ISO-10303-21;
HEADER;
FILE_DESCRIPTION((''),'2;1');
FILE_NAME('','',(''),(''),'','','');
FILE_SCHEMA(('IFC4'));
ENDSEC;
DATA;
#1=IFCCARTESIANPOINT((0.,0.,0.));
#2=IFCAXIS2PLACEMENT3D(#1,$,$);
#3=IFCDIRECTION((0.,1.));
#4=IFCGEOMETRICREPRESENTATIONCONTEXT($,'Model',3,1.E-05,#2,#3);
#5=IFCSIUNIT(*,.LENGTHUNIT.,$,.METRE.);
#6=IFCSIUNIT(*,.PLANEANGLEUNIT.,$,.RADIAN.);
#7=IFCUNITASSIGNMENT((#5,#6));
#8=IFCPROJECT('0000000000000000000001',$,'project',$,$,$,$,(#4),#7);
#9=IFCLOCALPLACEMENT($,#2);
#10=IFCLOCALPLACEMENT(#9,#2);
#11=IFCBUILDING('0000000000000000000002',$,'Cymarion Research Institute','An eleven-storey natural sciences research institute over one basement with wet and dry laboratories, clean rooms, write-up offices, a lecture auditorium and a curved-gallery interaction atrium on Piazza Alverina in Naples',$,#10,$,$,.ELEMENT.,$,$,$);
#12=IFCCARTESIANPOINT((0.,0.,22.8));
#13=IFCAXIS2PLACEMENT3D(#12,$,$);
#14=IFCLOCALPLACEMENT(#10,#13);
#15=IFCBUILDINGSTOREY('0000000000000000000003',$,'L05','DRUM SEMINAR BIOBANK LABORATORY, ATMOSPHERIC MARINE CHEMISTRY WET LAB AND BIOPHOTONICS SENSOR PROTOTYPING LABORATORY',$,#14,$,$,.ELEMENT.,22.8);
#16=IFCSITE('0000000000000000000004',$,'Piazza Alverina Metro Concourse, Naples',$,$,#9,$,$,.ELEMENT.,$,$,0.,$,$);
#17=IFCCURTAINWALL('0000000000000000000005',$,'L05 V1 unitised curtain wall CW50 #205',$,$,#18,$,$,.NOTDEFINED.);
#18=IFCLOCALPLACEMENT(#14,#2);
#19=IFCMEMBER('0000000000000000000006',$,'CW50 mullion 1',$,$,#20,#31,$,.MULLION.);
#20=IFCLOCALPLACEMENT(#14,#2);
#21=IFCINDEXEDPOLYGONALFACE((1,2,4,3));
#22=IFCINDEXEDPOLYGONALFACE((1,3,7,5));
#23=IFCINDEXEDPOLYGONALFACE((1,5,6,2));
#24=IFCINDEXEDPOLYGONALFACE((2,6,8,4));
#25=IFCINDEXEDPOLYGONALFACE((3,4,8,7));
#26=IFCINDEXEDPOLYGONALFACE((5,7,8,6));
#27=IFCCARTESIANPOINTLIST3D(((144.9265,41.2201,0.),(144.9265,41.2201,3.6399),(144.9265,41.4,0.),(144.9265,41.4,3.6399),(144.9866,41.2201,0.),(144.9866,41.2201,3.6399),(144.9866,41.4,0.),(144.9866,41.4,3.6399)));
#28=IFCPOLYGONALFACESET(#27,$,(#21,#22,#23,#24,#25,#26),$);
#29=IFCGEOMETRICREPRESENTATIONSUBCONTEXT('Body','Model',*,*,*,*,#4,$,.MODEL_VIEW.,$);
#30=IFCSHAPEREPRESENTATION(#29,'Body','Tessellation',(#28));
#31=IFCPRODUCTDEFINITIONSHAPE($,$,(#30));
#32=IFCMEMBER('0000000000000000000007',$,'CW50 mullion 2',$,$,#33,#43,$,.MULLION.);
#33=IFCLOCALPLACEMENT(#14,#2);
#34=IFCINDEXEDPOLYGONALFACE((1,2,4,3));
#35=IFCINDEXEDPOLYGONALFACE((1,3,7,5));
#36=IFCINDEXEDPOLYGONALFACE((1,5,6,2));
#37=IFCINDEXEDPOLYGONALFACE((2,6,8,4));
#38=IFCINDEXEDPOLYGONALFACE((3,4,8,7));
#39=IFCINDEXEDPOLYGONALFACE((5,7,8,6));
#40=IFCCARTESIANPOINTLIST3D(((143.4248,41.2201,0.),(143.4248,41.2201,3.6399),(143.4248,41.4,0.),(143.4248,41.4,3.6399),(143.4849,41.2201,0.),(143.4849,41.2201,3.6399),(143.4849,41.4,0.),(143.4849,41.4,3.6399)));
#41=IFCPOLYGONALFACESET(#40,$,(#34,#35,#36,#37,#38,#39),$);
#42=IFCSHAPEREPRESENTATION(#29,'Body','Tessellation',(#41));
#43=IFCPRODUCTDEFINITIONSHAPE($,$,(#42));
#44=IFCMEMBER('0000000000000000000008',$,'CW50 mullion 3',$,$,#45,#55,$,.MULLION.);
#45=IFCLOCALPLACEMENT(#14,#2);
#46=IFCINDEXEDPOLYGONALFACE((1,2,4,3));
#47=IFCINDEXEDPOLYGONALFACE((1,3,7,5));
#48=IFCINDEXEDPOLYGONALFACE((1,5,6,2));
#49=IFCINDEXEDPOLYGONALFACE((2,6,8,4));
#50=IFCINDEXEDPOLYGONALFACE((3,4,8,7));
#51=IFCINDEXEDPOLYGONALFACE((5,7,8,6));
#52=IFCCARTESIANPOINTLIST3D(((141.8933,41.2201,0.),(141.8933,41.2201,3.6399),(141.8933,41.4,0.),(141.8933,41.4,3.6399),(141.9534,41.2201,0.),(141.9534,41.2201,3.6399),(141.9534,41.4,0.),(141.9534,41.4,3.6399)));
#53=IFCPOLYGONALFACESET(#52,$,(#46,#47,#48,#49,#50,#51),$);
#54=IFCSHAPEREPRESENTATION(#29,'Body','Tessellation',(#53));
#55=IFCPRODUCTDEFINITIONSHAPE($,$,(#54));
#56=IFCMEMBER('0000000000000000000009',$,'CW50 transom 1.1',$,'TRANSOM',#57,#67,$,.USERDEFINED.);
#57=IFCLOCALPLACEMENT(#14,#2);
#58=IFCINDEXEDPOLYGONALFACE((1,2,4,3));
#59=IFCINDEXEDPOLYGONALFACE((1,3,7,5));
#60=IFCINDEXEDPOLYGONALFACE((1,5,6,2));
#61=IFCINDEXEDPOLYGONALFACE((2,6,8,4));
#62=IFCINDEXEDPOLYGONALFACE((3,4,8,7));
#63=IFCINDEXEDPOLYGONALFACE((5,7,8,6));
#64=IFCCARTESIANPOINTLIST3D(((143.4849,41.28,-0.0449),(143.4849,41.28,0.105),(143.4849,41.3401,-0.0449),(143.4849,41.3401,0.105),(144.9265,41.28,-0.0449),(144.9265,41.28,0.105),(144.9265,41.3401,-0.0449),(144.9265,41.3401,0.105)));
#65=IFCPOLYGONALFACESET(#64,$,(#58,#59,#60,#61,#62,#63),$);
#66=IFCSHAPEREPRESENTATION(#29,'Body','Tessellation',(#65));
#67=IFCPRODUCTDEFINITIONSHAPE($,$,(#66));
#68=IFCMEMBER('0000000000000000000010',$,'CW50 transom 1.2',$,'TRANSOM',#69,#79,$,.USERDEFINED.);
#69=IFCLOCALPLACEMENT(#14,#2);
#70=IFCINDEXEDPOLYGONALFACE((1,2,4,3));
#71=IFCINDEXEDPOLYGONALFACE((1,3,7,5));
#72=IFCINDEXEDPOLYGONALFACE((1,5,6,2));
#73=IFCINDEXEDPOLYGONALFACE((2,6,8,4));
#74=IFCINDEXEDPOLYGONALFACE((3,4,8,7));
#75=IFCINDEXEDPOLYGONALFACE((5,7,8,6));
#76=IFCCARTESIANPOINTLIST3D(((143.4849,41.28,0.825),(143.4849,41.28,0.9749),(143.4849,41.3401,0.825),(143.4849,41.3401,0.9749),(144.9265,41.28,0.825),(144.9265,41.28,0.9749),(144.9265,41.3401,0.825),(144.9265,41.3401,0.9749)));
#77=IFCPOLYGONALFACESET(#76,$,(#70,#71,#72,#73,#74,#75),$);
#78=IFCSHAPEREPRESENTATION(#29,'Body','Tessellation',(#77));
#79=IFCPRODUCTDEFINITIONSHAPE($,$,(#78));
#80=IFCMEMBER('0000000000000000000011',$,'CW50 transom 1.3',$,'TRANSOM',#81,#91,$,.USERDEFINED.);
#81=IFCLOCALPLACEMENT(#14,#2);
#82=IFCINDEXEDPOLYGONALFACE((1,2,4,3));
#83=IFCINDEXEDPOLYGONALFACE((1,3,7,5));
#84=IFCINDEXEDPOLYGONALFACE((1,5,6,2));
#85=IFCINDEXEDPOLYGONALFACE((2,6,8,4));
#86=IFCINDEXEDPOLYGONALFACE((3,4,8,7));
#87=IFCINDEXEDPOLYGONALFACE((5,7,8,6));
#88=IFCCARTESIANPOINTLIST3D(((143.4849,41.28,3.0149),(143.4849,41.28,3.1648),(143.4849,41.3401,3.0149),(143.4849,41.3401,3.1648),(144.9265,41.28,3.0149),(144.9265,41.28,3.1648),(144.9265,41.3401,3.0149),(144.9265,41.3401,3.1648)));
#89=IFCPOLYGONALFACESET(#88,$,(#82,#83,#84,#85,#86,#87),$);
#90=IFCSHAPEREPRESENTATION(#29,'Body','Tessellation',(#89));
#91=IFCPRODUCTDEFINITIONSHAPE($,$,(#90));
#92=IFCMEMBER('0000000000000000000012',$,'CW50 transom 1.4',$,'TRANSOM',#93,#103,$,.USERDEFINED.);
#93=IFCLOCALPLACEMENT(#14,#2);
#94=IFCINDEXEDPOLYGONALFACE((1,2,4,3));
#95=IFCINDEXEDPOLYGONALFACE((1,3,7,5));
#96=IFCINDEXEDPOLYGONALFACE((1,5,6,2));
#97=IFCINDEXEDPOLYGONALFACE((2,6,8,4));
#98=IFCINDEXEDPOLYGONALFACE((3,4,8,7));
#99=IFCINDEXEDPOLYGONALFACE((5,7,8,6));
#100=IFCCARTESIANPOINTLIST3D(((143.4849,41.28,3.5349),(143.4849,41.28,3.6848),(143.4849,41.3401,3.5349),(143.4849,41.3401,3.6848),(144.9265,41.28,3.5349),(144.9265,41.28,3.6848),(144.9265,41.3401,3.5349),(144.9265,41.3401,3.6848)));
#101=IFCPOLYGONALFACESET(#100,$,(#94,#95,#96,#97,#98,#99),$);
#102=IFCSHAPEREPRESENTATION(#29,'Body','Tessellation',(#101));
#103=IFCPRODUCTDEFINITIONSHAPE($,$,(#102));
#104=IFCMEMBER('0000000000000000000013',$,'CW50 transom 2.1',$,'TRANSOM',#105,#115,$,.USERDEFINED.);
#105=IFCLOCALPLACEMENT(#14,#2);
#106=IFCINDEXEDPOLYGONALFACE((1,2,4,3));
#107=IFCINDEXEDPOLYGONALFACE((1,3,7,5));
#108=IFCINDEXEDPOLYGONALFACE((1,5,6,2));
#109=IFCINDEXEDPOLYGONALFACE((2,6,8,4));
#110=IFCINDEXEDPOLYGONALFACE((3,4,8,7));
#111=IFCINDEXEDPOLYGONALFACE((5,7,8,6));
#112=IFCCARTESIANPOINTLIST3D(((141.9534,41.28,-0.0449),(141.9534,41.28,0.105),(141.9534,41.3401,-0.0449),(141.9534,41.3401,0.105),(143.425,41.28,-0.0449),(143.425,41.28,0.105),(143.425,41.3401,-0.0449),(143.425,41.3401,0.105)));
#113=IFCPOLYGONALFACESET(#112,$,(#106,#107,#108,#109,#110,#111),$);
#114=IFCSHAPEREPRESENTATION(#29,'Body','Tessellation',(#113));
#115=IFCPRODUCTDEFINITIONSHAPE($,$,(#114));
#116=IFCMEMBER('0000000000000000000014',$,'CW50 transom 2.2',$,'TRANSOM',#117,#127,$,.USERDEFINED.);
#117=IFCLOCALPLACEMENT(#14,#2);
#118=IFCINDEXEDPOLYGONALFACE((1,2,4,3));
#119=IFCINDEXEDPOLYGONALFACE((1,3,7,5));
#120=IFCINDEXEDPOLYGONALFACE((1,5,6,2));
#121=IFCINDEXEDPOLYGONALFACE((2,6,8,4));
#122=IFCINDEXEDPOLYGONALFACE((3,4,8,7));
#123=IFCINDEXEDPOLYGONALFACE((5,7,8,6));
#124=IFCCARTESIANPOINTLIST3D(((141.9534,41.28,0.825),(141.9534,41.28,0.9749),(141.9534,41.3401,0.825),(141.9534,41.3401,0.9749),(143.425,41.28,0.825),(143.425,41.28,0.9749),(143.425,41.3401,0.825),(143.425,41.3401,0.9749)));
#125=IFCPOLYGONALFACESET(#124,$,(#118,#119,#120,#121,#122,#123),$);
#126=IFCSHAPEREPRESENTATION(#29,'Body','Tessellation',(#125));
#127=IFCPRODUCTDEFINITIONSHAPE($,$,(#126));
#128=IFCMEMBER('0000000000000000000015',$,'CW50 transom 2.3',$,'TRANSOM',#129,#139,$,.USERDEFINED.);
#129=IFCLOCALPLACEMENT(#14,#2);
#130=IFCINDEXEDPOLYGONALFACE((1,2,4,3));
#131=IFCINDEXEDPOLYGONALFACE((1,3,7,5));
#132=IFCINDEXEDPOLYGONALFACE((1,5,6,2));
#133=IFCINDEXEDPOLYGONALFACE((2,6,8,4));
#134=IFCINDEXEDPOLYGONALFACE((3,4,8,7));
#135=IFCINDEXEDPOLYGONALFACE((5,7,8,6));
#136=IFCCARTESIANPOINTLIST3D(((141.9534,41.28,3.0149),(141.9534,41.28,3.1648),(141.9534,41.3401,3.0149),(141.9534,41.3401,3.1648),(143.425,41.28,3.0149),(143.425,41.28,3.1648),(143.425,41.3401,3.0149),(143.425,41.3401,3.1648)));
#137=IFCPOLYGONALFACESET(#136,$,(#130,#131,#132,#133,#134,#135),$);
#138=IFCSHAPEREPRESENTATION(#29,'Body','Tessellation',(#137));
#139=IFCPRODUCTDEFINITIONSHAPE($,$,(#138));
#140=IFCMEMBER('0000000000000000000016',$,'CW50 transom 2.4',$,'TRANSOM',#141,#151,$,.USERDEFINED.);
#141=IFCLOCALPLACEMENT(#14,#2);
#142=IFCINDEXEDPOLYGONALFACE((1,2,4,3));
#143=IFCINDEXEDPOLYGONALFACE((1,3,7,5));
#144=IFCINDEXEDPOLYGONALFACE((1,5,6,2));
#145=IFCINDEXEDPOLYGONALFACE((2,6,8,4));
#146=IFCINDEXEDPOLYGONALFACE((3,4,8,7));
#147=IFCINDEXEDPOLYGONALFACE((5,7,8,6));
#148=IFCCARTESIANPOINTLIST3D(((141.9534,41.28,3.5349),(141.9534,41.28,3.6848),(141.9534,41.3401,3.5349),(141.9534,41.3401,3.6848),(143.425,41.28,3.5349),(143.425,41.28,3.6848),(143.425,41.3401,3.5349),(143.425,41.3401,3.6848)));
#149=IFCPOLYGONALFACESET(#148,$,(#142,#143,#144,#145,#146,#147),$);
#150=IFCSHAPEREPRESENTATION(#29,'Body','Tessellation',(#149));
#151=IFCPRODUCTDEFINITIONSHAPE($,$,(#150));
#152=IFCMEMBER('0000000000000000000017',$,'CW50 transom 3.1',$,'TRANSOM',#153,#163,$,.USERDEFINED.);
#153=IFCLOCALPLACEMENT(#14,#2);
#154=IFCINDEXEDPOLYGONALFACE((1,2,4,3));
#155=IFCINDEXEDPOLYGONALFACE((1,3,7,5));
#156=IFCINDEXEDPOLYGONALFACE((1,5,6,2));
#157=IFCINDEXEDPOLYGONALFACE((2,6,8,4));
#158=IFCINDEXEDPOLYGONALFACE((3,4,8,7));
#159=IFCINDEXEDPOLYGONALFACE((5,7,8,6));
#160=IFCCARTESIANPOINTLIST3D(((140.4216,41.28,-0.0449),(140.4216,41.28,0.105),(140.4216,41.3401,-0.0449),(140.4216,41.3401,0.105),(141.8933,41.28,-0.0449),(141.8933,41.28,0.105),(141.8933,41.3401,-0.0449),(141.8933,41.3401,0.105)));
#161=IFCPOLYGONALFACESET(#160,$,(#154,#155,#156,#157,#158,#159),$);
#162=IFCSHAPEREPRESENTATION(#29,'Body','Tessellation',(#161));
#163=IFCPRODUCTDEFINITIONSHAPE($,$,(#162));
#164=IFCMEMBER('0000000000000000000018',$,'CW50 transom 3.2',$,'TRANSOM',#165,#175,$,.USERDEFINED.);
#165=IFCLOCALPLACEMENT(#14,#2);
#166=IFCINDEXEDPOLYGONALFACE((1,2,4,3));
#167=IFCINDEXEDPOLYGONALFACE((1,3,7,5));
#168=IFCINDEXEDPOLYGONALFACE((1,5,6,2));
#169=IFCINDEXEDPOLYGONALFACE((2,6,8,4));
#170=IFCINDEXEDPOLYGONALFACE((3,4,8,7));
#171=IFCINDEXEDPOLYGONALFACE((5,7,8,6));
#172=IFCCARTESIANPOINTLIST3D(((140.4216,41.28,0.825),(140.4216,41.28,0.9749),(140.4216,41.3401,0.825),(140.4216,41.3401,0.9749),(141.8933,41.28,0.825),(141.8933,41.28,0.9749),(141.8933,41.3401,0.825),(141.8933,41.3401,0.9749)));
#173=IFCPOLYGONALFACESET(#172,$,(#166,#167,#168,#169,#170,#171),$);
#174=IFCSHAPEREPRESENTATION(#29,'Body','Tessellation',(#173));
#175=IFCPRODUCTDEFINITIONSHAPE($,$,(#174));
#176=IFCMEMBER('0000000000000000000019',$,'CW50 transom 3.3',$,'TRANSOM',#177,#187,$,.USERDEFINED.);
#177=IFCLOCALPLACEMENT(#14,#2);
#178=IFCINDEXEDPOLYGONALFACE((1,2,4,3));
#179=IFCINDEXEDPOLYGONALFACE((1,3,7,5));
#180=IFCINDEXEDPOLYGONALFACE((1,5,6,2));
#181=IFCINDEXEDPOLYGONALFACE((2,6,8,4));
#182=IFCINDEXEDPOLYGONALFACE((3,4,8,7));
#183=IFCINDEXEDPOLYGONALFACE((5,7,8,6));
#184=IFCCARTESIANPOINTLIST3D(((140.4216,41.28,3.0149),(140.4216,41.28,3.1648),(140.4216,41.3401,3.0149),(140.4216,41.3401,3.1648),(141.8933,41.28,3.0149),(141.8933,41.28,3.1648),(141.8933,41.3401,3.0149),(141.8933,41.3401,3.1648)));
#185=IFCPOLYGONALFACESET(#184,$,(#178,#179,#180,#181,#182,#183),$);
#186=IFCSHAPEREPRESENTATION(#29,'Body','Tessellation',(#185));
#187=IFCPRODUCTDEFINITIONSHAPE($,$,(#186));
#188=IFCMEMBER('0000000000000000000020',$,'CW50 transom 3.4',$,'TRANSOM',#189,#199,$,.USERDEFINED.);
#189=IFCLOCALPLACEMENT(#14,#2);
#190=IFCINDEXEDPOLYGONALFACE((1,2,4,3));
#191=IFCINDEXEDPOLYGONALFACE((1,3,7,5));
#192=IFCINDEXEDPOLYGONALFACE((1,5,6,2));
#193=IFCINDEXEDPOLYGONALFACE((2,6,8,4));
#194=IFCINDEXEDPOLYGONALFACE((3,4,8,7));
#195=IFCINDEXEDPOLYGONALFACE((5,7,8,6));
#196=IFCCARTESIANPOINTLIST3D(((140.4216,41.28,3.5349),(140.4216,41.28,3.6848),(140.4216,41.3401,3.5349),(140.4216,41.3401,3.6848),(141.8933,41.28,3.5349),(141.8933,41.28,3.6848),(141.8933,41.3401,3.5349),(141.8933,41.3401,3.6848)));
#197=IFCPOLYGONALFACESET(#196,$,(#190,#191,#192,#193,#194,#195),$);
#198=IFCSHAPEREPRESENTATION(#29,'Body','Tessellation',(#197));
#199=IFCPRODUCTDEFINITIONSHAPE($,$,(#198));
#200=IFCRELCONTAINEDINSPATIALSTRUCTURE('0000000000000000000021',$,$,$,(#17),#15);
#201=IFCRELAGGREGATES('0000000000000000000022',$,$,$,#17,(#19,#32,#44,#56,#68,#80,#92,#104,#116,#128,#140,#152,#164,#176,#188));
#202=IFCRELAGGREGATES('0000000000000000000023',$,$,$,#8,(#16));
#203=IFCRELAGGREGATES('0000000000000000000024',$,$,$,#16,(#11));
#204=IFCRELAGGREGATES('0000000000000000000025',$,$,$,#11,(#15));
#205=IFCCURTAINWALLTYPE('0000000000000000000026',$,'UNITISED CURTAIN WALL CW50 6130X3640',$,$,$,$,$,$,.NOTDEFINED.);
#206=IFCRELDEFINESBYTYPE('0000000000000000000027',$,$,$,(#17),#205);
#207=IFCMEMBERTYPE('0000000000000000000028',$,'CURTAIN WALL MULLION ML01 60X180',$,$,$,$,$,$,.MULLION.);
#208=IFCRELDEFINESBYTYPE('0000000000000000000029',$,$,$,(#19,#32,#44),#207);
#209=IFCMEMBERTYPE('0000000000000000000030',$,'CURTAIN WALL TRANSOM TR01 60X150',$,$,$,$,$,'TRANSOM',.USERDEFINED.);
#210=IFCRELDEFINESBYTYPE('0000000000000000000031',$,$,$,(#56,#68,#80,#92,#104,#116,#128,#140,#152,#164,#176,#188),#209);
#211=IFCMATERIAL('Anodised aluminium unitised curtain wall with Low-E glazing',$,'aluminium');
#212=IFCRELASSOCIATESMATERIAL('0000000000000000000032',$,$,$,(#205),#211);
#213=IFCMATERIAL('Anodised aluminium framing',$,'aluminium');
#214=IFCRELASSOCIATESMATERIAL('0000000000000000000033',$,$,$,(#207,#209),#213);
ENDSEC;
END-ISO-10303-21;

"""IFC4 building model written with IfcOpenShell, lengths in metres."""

from ifc_helpers import new_model, si_unit, direction, frame, origin, origin_2d, place, context, subcontext, project, spatial, rectangle, extrude, material, material_profile, profile_set, type_object, element, aggregate, save


model = new_model("IFC4")

# Units and contexts
model_context = context("Model", 3, precision=1e-05, world=origin(), true_north=direction((0.0, 1.0)))
body_context = subcontext(model_context, "Body", "Model", "MODEL_VIEW")
ifc_project = project(units=[si_unit("LENGTHUNIT", "METRE"), si_unit("PLANEANGLEUNIT", "RADIAN")], contexts=[model_context])

# Site, building, storey
site_placement = place(None, origin())
site = spatial("IfcSite", under=ifc_project, at=site_placement, Name="Piazza Alverina Metro Concourse, Naples", CompositionType="ELEMENT", RefElevation=0.0)
building_placement = place(site_placement, origin())
building = spatial("IfcBuilding", under=site, at=building_placement, Name="Cymarion Research Institute", Description="An eleven-storey natural sciences research institute over one basement with wet and dry laboratories, clean rooms, write-up offices, a lecture auditorium and a curved-gallery interaction atrium on Piazza Alverina in Naples", CompositionType="ELEMENT")
storey_placement = place(building_placement, frame((0.0, 0.0, 22.8)))
storey = spatial("IfcBuildingStorey", under=building, at=storey_placement, Name="L05", Description="DRUM SEMINAR BIOBANK LABORATORY, ATMOSPHERIC MARINE CHEMISTRY WET LAB AND BIOPHOTONICS SENSOR PROTOTYPING LABORATORY", CompositionType="ELEMENT", Elevation=22.8)

# Curtain wall, members
ifc_material_1 = material(Name="Anodised aluminium unitised curtain wall with Low-E glazing", Category="aluminium")
curtain_wall_type = type_object("IfcCurtainWallType", Name="UNITISED CURTAIN WALL CW50 6130X3640", PredefinedType="NOTDEFINED", material=ifc_material_1)
curtain_wall_placement = place(storey_placement, origin())
curtain_wall = element("IfcCurtainWall", 1, at=curtain_wall_placement, inside=storey, type_object=curtain_wall_type, Name="L05 V1 unitised curtain wall CW50 #205", PredefinedType="NOTDEFINED")
ifc_material_2 = material(Name="Anodised aluminium framing", Category="aluminium")
ifc_material_profile_1 = material_profile(ifc_material_2, rectangle(XDim=0.0601, YDim=0.1799, at=origin_2d()), Name="ALU MULLION 60x180")
ifc_profile_set_1 = profile_set([ifc_material_profile_1], Name="Anodised aluminium framing")
member_type_1 = type_object("IfcMemberType", Name="CURTAIN WALL MULLION ML01 60X180", PredefinedType="MULLION", material=ifc_profile_set_1)
member_1_placement = place(storey_placement, frame((144.9565, 41.3101, 0.0), z_axis=(0.0, 0.0, 1.0), x_axis=(-1.0, 0.0, 0.0)))
member_1 = element("IfcMember", 2, at=member_1_placement, type_object=member_type_1, Name="CW50 mullion 1", PredefinedType="MULLION", context=body_context, shape_type="SweptSolid", body=[
    extrude(rectangle(XDim=0.0601, YDim=0.1799, at=origin_2d()), origin(), (0.0, 0.0, 1.0), 3.6399),
])
member_2_placement = place(storey_placement, frame((143.4548, 41.3101, 0.0), z_axis=(0.0, 0.0, 1.0), x_axis=(-1.0, 0.0, 0.0)))
member_2 = element("IfcMember", 3, at=member_2_placement, type_object=member_type_1, Name="CW50 mullion 2", PredefinedType="MULLION", context=body_context, shape_type="SweptSolid", body=[
    extrude(rectangle(XDim=0.0601, YDim=0.1799, at=origin_2d()), origin(), (0.0, 0.0, 1.0), 3.6399),
])
member_3_placement = place(storey_placement, frame((141.9233, 41.3101, 0.0), z_axis=(0.0, 0.0, 1.0), x_axis=(-1.0, 0.0, 0.0)))
member_3 = element("IfcMember", 4, at=member_3_placement, type_object=member_type_1, Name="CW50 mullion 3", PredefinedType="MULLION", context=body_context, shape_type="SweptSolid", body=[
    extrude(rectangle(XDim=0.0601, YDim=0.1799, at=origin_2d()), origin(), (0.0, 0.0, 1.0), 3.6399),
])
ifc_material_profile_2 = material_profile(ifc_material_2, rectangle(XDim=0.0601, YDim=0.1499, at=origin_2d()), Name="ALU TRANSOM 60x150")
ifc_profile_set_2 = profile_set([ifc_material_profile_2], Name="Anodised aluminium framing")
member_type_2 = type_object("IfcMemberType", Name="CURTAIN WALL TRANSOM TR01 60X150", ElementType="TRANSOM", PredefinedType="USERDEFINED", material=ifc_profile_set_2)
member_4_placement = place(storey_placement, frame((144.9265, 41.3101, 0.03), z_axis=(-1.0, 0.0, 0.0), x_axis=(0.0, -1.0, 0.0)))
member_4 = element("IfcMember", 5, at=member_4_placement, type_object=member_type_2, Name="CW50 transom 1.1", ObjectType="TRANSOM", PredefinedType="USERDEFINED", context=body_context, shape_type="SweptSolid", body=[
    extrude(rectangle(XDim=0.0601, YDim=0.1499, at=origin_2d()), origin(), (0.0, 0.0, 1.0), 1.4417),
])
member_5_placement = place(storey_placement, frame((144.9265, 41.3101, 0.8999), z_axis=(-1.0, 0.0, 0.0), x_axis=(0.0, -1.0, 0.0)))
member_5 = element("IfcMember", 6, at=member_5_placement, type_object=member_type_2, Name="CW50 transom 1.2", ObjectType="TRANSOM", PredefinedType="USERDEFINED", context=body_context, shape_type="SweptSolid", body=[
    extrude(rectangle(XDim=0.0601, YDim=0.1499, at=origin_2d()), origin(), (0.0, 0.0, 1.0), 1.4417),
])
member_6_placement = place(storey_placement, frame((144.9265, 41.3101, 3.0898), z_axis=(-1.0, 0.0, 0.0), x_axis=(0.0, -1.0, 0.0)))
member_6 = element("IfcMember", 7, at=member_6_placement, type_object=member_type_2, Name="CW50 transom 1.3", ObjectType="TRANSOM", PredefinedType="USERDEFINED", context=body_context, shape_type="SweptSolid", body=[
    extrude(rectangle(XDim=0.0601, YDim=0.1499, at=origin_2d()), origin(), (0.0, 0.0, 1.0), 1.4417),
])
member_7_placement = place(storey_placement, frame((144.9265, 41.3101, 3.6099), z_axis=(-1.0, 0.0, 0.0), x_axis=(0.0, -1.0, 0.0)))
member_7 = element("IfcMember", 8, at=member_7_placement, type_object=member_type_2, Name="CW50 transom 1.4", ObjectType="TRANSOM", PredefinedType="USERDEFINED", context=body_context, shape_type="SweptSolid", body=[
    extrude(rectangle(XDim=0.0601, YDim=0.1499, at=origin_2d()), origin(), (0.0, 0.0, 1.0), 1.4417),
])
member_8_placement = place(storey_placement, frame((143.425, 41.3101, 0.03), z_axis=(-1.0, 0.0, 0.0), x_axis=(0.0, -1.0, 0.0)))
member_8 = element("IfcMember", 9, at=member_8_placement, type_object=member_type_2, Name="CW50 transom 2.1", ObjectType="TRANSOM", PredefinedType="USERDEFINED", context=body_context, shape_type="SweptSolid", body=[
    extrude(rectangle(XDim=0.0601, YDim=0.1499, at=origin_2d()), origin(), (0.0, 0.0, 1.0), 1.4717),
])
member_9_placement = place(storey_placement, frame((143.425, 41.3101, 0.8999), z_axis=(-1.0, 0.0, 0.0), x_axis=(0.0, -1.0, 0.0)))
member_9 = element("IfcMember", 10, at=member_9_placement, type_object=member_type_2, Name="CW50 transom 2.2", ObjectType="TRANSOM", PredefinedType="USERDEFINED", context=body_context, shape_type="SweptSolid", body=[
    extrude(rectangle(XDim=0.0601, YDim=0.1499, at=origin_2d()), origin(), (0.0, 0.0, 1.0), 1.4717),
])
member_10_placement = place(storey_placement, frame((143.425, 41.3101, 3.0898), z_axis=(-1.0, 0.0, 0.0), x_axis=(0.0, -1.0, 0.0)))
member_10 = element("IfcMember", 11, at=member_10_placement, type_object=member_type_2, Name="CW50 transom 2.3", ObjectType="TRANSOM", PredefinedType="USERDEFINED", context=body_context, shape_type="SweptSolid", body=[
    extrude(rectangle(XDim=0.0601, YDim=0.1499, at=origin_2d()), origin(), (0.0, 0.0, 1.0), 1.4717),
])
member_11_placement = place(storey_placement, frame((143.425, 41.3101, 3.6099), z_axis=(-1.0, 0.0, 0.0), x_axis=(0.0, -1.0, 0.0)))
member_11 = element("IfcMember", 12, at=member_11_placement, type_object=member_type_2, Name="CW50 transom 2.4", ObjectType="TRANSOM", PredefinedType="USERDEFINED", context=body_context, shape_type="SweptSolid", body=[
    extrude(rectangle(XDim=0.0601, YDim=0.1499, at=origin_2d()), origin(), (0.0, 0.0, 1.0), 1.4717),
])
member_12_placement = place(storey_placement, frame((141.8933, 41.3101, 0.03), z_axis=(-1.0, 0.0, 0.0), x_axis=(0.0, -1.0, 0.0)))
member_12 = element("IfcMember", 13, at=member_12_placement, type_object=member_type_2, Name="CW50 transom 3.1", ObjectType="TRANSOM", PredefinedType="USERDEFINED", context=body_context, shape_type="SweptSolid", body=[
    extrude(rectangle(XDim=0.0601, YDim=0.1499, at=origin_2d()), origin(), (0.0, 0.0, 1.0), 1.4717),
])
member_13_placement = place(storey_placement, frame((141.8933, 41.3101, 0.8999), z_axis=(-1.0, 0.0, 0.0), x_axis=(0.0, -1.0, 0.0)))
member_13 = element("IfcMember", 14, at=member_13_placement, type_object=member_type_2, Name="CW50 transom 3.2", ObjectType="TRANSOM", PredefinedType="USERDEFINED", context=body_context, shape_type="SweptSolid", body=[
    extrude(rectangle(XDim=0.0601, YDim=0.1499, at=origin_2d()), origin(), (0.0, 0.0, 1.0), 1.4717),
])
member_14_placement = place(storey_placement, frame((141.8933, 41.3101, 3.0898), z_axis=(-1.0, 0.0, 0.0), x_axis=(0.0, -1.0, 0.0)))
member_14 = element("IfcMember", 15, at=member_14_placement, type_object=member_type_2, Name="CW50 transom 3.3", ObjectType="TRANSOM", PredefinedType="USERDEFINED", context=body_context, shape_type="SweptSolid", body=[
    extrude(rectangle(XDim=0.0601, YDim=0.1499, at=origin_2d()), origin(), (0.0, 0.0, 1.0), 1.4717),
])
member_15_placement = place(storey_placement, frame((141.8933, 41.3101, 3.6099), z_axis=(-1.0, 0.0, 0.0), x_axis=(0.0, -1.0, 0.0)))
member_15 = element("IfcMember", 16, at=member_15_placement, type_object=member_type_2, Name="CW50 transom 3.4", ObjectType="TRANSOM", PredefinedType="USERDEFINED", context=body_context, shape_type="SweptSolid", body=[
    extrude(rectangle(XDim=0.0601, YDim=0.1499, at=origin_2d()), origin(), (0.0, 0.0, 1.0), 1.4717),
])
aggregate(curtain_wall, [member_1, member_2, member_3, member_4, member_5, member_6, member_7, member_8, member_9, member_10, member_11, member_12, member_13, member_14, member_15])

save(model, "model.ifc")
